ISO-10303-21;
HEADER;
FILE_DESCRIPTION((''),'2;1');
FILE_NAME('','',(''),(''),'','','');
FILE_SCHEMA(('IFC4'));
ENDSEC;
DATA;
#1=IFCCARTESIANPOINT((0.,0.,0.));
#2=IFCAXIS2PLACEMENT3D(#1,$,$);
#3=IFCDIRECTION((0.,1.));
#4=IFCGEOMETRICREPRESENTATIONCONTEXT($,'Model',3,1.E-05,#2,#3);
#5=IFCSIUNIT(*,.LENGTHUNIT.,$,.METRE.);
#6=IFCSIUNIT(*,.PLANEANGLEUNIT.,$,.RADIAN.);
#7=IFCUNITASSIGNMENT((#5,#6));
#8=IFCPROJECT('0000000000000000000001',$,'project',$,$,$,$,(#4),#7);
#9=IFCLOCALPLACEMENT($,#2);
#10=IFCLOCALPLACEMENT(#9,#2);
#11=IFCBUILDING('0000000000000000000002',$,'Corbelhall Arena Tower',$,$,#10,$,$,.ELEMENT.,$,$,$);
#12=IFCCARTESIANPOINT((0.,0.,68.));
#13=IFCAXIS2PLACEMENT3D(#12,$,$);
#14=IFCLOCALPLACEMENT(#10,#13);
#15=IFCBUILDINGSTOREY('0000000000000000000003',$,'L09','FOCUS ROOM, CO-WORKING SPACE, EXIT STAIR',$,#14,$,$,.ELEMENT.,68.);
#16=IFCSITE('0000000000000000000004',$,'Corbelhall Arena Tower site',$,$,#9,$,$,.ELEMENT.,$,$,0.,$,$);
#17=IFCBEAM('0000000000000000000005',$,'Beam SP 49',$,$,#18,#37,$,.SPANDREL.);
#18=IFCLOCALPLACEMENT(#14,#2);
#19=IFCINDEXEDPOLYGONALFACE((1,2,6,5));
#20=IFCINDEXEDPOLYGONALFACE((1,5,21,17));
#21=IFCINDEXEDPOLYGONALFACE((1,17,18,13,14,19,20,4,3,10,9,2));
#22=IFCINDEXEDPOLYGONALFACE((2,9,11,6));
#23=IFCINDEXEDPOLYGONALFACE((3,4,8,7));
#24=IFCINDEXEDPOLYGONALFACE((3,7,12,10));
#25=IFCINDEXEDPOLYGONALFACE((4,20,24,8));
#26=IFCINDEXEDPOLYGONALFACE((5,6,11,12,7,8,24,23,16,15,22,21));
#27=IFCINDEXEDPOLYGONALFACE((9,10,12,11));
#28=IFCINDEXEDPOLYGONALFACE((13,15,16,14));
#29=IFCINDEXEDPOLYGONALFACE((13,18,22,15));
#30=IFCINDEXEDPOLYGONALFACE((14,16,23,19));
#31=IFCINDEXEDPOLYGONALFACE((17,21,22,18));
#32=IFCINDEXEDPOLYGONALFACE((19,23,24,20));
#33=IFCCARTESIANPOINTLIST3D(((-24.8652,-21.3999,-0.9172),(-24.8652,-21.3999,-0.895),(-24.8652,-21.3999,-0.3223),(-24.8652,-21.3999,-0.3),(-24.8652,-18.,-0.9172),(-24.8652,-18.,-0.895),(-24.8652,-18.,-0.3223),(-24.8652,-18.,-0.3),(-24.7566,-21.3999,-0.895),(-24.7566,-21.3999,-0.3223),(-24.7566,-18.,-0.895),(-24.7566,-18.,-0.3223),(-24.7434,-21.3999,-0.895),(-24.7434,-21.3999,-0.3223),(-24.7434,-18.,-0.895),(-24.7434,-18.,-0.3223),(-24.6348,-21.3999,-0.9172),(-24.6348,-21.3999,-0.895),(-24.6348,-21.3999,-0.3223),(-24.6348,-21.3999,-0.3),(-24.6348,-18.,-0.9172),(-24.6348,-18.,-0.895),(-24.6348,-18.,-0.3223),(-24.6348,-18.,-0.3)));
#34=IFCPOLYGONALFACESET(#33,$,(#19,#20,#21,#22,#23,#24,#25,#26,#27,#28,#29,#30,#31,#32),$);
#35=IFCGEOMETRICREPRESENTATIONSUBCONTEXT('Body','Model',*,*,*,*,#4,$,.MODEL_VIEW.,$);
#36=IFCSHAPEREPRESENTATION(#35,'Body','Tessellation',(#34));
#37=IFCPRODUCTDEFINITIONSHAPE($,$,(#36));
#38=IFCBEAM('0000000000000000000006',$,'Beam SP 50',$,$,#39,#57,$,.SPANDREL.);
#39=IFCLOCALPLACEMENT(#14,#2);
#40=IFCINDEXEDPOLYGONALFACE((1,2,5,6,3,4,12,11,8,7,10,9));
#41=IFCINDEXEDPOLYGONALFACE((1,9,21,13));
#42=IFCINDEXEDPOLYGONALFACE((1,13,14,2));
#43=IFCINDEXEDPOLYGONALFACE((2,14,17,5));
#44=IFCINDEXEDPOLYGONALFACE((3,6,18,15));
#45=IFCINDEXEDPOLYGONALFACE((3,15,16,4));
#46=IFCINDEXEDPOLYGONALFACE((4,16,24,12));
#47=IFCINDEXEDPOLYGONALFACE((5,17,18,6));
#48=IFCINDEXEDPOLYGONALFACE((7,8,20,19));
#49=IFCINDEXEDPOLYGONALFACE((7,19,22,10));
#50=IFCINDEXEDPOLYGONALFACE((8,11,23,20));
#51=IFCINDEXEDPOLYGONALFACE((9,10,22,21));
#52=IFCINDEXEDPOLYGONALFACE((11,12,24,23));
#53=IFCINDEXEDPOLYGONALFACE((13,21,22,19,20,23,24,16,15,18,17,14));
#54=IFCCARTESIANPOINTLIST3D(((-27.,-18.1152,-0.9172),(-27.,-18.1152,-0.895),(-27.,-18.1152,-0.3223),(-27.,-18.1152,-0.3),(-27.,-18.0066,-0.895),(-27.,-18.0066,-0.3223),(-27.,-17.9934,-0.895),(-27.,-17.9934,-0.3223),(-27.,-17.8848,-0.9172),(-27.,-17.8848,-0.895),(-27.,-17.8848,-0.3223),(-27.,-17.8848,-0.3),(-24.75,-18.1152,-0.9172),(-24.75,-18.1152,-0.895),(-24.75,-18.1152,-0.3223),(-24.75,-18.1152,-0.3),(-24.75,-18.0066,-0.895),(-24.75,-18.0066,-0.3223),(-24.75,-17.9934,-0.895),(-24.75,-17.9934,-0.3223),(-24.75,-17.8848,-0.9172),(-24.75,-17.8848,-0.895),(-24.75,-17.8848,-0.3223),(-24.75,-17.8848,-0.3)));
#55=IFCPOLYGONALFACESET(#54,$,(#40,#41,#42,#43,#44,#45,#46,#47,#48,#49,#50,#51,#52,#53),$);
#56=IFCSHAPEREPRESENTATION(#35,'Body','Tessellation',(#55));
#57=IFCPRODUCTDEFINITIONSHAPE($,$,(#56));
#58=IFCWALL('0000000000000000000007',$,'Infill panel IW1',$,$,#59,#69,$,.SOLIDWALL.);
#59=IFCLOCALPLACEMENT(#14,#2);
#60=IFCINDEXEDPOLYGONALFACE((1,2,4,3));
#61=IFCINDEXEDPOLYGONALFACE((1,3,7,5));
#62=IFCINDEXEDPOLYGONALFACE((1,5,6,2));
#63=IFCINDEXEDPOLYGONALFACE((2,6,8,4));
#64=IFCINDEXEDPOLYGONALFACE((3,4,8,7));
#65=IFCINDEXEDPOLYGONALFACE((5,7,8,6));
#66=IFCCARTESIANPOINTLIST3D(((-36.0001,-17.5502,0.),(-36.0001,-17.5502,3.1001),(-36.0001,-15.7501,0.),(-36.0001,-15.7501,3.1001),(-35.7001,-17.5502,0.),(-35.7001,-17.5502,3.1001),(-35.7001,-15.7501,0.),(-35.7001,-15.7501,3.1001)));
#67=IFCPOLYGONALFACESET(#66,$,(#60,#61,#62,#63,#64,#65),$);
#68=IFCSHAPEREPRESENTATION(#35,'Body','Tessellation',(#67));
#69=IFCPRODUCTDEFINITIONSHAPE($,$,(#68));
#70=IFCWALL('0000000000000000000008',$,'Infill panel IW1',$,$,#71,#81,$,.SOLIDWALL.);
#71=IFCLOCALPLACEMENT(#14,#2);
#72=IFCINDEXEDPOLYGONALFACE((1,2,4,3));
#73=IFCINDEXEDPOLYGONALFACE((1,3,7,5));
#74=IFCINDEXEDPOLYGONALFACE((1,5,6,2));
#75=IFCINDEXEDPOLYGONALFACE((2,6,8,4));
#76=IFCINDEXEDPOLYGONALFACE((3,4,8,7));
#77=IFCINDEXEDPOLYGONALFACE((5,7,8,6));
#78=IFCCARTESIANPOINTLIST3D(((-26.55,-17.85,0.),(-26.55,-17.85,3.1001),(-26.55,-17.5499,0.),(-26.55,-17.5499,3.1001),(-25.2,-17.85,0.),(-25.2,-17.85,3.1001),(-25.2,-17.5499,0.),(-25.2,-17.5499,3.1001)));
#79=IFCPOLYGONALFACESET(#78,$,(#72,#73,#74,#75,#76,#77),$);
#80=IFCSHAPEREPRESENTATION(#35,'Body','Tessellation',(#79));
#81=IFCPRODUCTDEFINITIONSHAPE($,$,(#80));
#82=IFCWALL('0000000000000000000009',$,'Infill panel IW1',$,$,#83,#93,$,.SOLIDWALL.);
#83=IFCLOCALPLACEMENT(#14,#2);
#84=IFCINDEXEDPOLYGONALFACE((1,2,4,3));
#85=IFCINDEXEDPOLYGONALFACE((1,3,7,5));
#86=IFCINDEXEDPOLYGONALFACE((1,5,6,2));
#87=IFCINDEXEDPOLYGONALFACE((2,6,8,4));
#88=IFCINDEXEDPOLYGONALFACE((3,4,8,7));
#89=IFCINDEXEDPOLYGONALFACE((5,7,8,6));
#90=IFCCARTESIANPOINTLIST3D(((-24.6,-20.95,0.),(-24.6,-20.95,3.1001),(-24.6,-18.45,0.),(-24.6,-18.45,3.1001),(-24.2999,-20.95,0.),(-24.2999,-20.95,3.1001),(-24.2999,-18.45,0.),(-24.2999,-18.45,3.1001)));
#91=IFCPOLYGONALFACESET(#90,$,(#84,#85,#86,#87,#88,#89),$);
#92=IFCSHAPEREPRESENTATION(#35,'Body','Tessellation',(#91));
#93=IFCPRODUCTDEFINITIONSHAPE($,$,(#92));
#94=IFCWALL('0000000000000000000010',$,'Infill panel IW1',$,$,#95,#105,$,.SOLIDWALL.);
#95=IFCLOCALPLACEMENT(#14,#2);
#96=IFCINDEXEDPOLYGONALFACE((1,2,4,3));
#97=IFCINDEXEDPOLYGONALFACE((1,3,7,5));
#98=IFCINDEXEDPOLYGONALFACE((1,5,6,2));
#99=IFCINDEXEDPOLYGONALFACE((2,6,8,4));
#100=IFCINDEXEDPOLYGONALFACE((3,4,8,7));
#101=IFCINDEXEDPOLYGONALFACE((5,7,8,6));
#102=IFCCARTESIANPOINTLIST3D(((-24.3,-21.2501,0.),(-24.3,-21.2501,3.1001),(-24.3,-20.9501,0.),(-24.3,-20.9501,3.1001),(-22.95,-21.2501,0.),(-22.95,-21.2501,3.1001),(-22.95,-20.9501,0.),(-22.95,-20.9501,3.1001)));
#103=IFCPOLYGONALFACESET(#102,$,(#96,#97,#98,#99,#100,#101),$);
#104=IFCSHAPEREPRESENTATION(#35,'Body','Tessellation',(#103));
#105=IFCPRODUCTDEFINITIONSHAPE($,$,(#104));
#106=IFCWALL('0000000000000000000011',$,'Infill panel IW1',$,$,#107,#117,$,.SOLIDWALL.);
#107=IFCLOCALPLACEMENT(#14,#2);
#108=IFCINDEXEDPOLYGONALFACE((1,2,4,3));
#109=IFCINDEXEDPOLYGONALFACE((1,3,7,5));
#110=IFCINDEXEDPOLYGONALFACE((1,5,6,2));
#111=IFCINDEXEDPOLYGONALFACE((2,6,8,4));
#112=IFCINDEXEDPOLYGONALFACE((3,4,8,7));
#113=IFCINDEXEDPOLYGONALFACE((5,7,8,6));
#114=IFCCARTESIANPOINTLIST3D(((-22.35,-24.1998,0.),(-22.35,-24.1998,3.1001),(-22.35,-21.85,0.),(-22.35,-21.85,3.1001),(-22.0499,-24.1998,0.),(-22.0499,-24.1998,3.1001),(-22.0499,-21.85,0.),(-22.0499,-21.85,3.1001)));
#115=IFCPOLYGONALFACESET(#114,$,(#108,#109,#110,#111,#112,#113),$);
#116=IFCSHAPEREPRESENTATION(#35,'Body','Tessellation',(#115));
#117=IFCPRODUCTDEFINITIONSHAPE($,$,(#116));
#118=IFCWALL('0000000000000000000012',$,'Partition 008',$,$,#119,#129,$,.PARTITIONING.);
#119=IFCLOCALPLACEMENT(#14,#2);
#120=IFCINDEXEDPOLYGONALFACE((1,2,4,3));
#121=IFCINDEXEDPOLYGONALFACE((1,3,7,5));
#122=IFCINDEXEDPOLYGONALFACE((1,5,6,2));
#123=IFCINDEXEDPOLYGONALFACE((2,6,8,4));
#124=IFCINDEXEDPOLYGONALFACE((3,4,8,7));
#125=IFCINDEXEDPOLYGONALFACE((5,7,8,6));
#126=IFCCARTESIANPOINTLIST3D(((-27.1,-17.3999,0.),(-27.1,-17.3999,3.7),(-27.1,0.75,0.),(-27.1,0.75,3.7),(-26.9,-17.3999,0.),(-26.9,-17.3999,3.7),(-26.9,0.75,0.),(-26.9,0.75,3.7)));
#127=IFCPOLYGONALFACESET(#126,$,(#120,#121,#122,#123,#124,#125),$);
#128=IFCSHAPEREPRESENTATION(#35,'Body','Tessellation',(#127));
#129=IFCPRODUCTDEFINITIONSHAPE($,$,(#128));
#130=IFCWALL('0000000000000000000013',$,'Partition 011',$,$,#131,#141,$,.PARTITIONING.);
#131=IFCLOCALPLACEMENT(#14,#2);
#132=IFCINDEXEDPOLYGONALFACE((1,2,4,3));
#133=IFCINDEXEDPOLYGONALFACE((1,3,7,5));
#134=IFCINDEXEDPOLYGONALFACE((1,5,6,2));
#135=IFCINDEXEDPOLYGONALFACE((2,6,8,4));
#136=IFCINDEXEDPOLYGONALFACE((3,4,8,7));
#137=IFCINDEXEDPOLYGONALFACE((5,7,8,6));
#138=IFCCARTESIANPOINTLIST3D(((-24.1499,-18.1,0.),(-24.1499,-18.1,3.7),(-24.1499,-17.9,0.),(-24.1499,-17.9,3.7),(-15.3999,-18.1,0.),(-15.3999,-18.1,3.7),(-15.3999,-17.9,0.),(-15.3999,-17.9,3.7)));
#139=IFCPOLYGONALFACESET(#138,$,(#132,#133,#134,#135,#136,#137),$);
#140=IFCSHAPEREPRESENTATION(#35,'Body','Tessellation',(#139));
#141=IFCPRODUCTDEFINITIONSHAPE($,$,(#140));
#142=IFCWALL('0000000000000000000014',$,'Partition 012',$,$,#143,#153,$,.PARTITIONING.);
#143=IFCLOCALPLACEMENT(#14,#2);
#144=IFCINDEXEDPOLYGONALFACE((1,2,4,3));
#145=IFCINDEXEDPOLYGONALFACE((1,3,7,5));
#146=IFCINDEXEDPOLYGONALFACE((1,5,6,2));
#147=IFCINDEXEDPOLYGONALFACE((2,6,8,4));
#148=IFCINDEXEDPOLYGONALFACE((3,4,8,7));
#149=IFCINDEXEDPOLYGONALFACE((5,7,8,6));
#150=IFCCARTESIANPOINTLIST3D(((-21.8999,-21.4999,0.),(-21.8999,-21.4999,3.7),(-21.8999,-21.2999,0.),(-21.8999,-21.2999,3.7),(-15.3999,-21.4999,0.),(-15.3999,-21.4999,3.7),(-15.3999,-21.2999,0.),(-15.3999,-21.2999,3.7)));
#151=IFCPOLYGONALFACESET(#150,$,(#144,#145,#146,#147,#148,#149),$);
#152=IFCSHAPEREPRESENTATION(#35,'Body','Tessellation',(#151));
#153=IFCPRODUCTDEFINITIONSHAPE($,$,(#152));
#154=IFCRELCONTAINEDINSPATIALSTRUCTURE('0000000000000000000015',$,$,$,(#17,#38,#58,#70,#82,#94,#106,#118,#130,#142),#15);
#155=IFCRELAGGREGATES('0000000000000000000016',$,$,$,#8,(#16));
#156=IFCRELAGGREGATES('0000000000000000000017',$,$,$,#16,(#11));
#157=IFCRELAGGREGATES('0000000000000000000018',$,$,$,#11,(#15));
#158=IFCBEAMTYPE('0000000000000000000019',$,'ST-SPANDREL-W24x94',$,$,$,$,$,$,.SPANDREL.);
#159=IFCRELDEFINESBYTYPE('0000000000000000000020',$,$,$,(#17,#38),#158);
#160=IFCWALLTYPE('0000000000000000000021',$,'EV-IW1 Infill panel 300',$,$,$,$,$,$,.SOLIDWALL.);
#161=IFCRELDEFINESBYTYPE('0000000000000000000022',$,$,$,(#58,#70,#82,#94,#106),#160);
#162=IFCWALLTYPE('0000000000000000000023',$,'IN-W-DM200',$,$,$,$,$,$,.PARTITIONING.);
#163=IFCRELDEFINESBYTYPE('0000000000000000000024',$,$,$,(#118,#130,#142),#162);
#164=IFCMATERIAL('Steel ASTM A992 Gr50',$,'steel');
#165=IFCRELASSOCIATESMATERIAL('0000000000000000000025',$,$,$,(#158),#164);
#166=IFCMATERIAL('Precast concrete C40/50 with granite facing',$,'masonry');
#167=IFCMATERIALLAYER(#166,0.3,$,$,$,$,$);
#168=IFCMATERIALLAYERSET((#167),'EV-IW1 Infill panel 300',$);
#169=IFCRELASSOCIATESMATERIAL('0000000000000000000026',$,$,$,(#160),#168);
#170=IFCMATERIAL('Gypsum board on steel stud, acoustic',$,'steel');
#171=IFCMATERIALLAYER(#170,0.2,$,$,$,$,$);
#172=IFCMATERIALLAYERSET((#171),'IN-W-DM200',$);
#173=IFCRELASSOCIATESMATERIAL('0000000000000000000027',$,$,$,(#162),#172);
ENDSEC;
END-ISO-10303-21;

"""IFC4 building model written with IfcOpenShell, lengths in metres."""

from ifc_helpers import new_model, si_unit, direction, frame, frame_2d, origin, origin_2d, place, context, subcontext, project, spatial, rectangle, i_section, extrude, material, layer, layer_set, material_profile, profile_set, type_object, element, save


model = new_model("IFC4")

# Units and contexts
model_context = context("Model", 3, precision=1e-05, world=origin(), true_north=direction((0.0, 1.0)))
body_context = subcontext(model_context, "Body", "Model", "MODEL_VIEW")
ifc_project = project(units=[si_unit("LENGTHUNIT", "METRE"), si_unit("PLANEANGLEUNIT", "RADIAN")], contexts=[model_context])

# Site, building, storey
site_placement = place(None, origin())
site = spatial("IfcSite", under=ifc_project, at=site_placement, Name="Corbelhall Arena Tower site", CompositionType="ELEMENT", RefElevation=0.0)
building_placement = place(site_placement, origin())
building = spatial("IfcBuilding", under=site, at=building_placement, Name="Corbelhall Arena Tower", CompositionType="ELEMENT")
storey_placement = place(building_placement, frame((0.0, 0.0, 68.0)))
storey = spatial("IfcBuildingStorey", under=building, at=storey_placement, Name="L09", Description="FOCUS ROOM, CO-WORKING SPACE, EXIT STAIR", CompositionType="ELEMENT", Elevation=68.0)

# Beams
ifc_material_1 = material(Name="Steel ASTM A992 Gr50", Category="steel")
ifc_material_profile_1 = material_profile(ifc_material_1, i_section(OverallWidth=0.2305, OverallDepth=0.6172, WebThickness=0.0132, FlangeThickness=0.0222, at=origin_2d()))
ifc_profile_set_1 = profile_set([ifc_material_profile_1], Name="Steel ASTM A992 Gr50")
beam_type = type_object("IfcBeamType", Name="ST-SPANDREL-W24x94", PredefinedType="SPANDREL", material=ifc_profile_set_1)
beam_1_placement = place(storey_placement, frame((-24.75, -21.3999, -0.6086), z_axis=(0.0, 1.0, 0.0), x_axis=(-1.0, 0.0, 0.0)))
element("IfcBeam", 1, at=beam_1_placement, inside=storey, type_object=beam_type, Name="Beam SP 49", PredefinedType="SPANDREL", context=body_context, shape_type="SweptSolid", body=[
    extrude(i_section(OverallWidth=0.2305, OverallDepth=0.6172, WebThickness=0.0132, FlangeThickness=0.0222, at=origin_2d()), origin(), (0.0, 0.0, 1.0), 3.3999),
])
beam_2_placement = place(storey_placement, frame((-24.75, -18.0, -0.6086), z_axis=(-1.0, 0.0, 0.0), x_axis=(0.0, -1.0, 0.0)))
element("IfcBeam", 2, at=beam_2_placement, inside=storey, type_object=beam_type, Name="Beam SP 50", PredefinedType="SPANDREL", context=body_context, shape_type="SweptSolid", body=[
    extrude(i_section(OverallWidth=0.2305, OverallDepth=0.6172, WebThickness=0.0132, FlangeThickness=0.0222, at=origin_2d()), origin(), (0.0, 0.0, 1.0), 2.25),
])

# Wall
ifc_material_2 = material(Name="Precast concrete C40/50 with granite facing", Category="masonry")
ifc_layer_1 = layer(ifc_material_2, 0.3)
ifc_layer_set_1 = layer_set([ifc_layer_1], Name="EV-IW1 Infill panel 300")
wall_type_1 = type_object("IfcWallType", Name="EV-IW1 Infill panel 300", PredefinedType="SOLIDWALL", material=ifc_layer_set_1)
wall_1_placement = place(storey_placement, frame((-35.8501, -17.55, 0.0), z_axis=(0.0, 0.0, 1.0), x_axis=(0.0, 1.0, 0.0)))
element("IfcWall", 3, at=wall_1_placement, inside=storey, type_object=wall_type_1, Name="Infill panel IW1", PredefinedType="SOLIDWALL", context=body_context, shape_type="SweptSolid", body=[
    extrude(rectangle(XDim=1.8, YDim=0.3, at=frame_2d((0.8999, 0.0))), origin(), (0.0, 0.0, 1.0), 3.1001),
])

# Walls
wall_2_placement = place(storey_placement, frame((-26.55, -17.7, 0.0), z_axis=(0.0, 0.0, 1.0), x_axis=(1.0, 0.0, 0.0)))
element("IfcWall", 4, at=wall_2_placement, inside=storey, type_object=wall_type_1, Name="Infill panel IW1", PredefinedType="SOLIDWALL", context=body_context, shape_type="SweptSolid", body=[
    extrude(rectangle(XDim=1.3501, YDim=0.3, at=frame_2d((0.675, 0.0))), origin(), (0.0, 0.0, 1.0), 3.1001),
])
wall_3_placement = place(storey_placement, frame((-24.45, -18.45, 0.0), z_axis=(0.0, 0.0, 1.0), x_axis=(0.0, -1.0, 0.0)))
element("IfcWall", 5, at=wall_3_placement, inside=storey, type_object=wall_type_1, Name="Infill panel IW1", PredefinedType="SOLIDWALL", context=body_context, shape_type="SweptSolid", body=[
    extrude(rectangle(XDim=2.5, YDim=0.3, at=frame_2d((1.25, 0.0))), origin(), (0.0, 0.0, 1.0), 3.1001),
])
wall_4_placement = place(storey_placement, frame((-24.3, -21.1001, 0.0), z_axis=(0.0, 0.0, 1.0), x_axis=(1.0, 0.0, 0.0)))
element("IfcWall", 6, at=wall_4_placement, inside=storey, type_object=wall_type_1, Name="Infill panel IW1", PredefinedType="SOLIDWALL", context=body_context, shape_type="SweptSolid", body=[
    extrude(rectangle(XDim=1.3501, YDim=0.3, at=frame_2d((0.675, 0.0))), origin(), (0.0, 0.0, 1.0), 3.1001),
])
wall_5_placement = place(storey_placement, frame((-22.2, -21.8501, 0.0), z_axis=(0.0, 0.0, 1.0), x_axis=(0.0, -1.0, 0.0)))
element("IfcWall", 7, at=wall_5_placement, inside=storey, type_object=wall_type_1, Name="Infill panel IW1", PredefinedType="SOLIDWALL", context=body_context, shape_type="SweptSolid", body=[
    extrude(rectangle(XDim=2.3499, YDim=0.3, at=frame_2d((1.1748, 0.0))), origin(), (0.0, 0.0, 1.0), 3.1001),
])

# Walls
ifc_material_3 = material(Name="Gypsum board on steel stud, acoustic", Category="steel")
ifc_layer_2 = layer(ifc_material_3, 0.2)
ifc_layer_set_2 = layer_set([ifc_layer_2], Name="IN-W-DM200")
wall_type_2 = type_object("IfcWallType", Name="IN-W-DM200", PredefinedType="PARTITIONING", material=ifc_layer_set_2)
wall_6_placement = place(storey_placement, frame((-27.0, -17.3999, 0.0), z_axis=(0.0, 0.0, 1.0), x_axis=(0.0, 1.0, 0.0)))
element("IfcWall", 8, at=wall_6_placement, inside=storey, type_object=wall_type_2, Name="Partition 008", PredefinedType="PARTITIONING", context=body_context, shape_type="SweptSolid", body=[
    extrude(rectangle(XDim=18.1499, YDim=0.2, at=frame_2d((9.075, 0.0))), origin(), (0.0, 0.0, 1.0), 3.7),
])
wall_7_placement = place(storey_placement, frame((-24.1499, -18.0, 0.0), z_axis=(0.0, 0.0, 1.0), x_axis=(1.0, 0.0, 0.0)))
element("IfcWall", 9, at=wall_7_placement, inside=storey, type_object=wall_type_2, Name="Partition 011", PredefinedType="PARTITIONING", context=body_context, shape_type="SweptSolid", body=[
    extrude(rectangle(XDim=8.75, YDim=0.2, at=frame_2d((4.375, 0.0))), origin(), (0.0, 0.0, 1.0), 3.7),
])
wall_8_placement = place(storey_placement, frame((-21.8999, -21.3999, 0.0), z_axis=(0.0, 0.0, 1.0), x_axis=(1.0, 0.0, 0.0)))
element("IfcWall", 10, at=wall_8_placement, inside=storey, type_object=wall_type_2, Name="Partition 012", PredefinedType="PARTITIONING", context=body_context, shape_type="SweptSolid", body=[
    extrude(rectangle(XDim=6.5, YDim=0.2, at=frame_2d((3.25, 0.0))), origin(), (0.0, 0.0, 1.0), 3.7),
])

save(model, "model.ifc")
